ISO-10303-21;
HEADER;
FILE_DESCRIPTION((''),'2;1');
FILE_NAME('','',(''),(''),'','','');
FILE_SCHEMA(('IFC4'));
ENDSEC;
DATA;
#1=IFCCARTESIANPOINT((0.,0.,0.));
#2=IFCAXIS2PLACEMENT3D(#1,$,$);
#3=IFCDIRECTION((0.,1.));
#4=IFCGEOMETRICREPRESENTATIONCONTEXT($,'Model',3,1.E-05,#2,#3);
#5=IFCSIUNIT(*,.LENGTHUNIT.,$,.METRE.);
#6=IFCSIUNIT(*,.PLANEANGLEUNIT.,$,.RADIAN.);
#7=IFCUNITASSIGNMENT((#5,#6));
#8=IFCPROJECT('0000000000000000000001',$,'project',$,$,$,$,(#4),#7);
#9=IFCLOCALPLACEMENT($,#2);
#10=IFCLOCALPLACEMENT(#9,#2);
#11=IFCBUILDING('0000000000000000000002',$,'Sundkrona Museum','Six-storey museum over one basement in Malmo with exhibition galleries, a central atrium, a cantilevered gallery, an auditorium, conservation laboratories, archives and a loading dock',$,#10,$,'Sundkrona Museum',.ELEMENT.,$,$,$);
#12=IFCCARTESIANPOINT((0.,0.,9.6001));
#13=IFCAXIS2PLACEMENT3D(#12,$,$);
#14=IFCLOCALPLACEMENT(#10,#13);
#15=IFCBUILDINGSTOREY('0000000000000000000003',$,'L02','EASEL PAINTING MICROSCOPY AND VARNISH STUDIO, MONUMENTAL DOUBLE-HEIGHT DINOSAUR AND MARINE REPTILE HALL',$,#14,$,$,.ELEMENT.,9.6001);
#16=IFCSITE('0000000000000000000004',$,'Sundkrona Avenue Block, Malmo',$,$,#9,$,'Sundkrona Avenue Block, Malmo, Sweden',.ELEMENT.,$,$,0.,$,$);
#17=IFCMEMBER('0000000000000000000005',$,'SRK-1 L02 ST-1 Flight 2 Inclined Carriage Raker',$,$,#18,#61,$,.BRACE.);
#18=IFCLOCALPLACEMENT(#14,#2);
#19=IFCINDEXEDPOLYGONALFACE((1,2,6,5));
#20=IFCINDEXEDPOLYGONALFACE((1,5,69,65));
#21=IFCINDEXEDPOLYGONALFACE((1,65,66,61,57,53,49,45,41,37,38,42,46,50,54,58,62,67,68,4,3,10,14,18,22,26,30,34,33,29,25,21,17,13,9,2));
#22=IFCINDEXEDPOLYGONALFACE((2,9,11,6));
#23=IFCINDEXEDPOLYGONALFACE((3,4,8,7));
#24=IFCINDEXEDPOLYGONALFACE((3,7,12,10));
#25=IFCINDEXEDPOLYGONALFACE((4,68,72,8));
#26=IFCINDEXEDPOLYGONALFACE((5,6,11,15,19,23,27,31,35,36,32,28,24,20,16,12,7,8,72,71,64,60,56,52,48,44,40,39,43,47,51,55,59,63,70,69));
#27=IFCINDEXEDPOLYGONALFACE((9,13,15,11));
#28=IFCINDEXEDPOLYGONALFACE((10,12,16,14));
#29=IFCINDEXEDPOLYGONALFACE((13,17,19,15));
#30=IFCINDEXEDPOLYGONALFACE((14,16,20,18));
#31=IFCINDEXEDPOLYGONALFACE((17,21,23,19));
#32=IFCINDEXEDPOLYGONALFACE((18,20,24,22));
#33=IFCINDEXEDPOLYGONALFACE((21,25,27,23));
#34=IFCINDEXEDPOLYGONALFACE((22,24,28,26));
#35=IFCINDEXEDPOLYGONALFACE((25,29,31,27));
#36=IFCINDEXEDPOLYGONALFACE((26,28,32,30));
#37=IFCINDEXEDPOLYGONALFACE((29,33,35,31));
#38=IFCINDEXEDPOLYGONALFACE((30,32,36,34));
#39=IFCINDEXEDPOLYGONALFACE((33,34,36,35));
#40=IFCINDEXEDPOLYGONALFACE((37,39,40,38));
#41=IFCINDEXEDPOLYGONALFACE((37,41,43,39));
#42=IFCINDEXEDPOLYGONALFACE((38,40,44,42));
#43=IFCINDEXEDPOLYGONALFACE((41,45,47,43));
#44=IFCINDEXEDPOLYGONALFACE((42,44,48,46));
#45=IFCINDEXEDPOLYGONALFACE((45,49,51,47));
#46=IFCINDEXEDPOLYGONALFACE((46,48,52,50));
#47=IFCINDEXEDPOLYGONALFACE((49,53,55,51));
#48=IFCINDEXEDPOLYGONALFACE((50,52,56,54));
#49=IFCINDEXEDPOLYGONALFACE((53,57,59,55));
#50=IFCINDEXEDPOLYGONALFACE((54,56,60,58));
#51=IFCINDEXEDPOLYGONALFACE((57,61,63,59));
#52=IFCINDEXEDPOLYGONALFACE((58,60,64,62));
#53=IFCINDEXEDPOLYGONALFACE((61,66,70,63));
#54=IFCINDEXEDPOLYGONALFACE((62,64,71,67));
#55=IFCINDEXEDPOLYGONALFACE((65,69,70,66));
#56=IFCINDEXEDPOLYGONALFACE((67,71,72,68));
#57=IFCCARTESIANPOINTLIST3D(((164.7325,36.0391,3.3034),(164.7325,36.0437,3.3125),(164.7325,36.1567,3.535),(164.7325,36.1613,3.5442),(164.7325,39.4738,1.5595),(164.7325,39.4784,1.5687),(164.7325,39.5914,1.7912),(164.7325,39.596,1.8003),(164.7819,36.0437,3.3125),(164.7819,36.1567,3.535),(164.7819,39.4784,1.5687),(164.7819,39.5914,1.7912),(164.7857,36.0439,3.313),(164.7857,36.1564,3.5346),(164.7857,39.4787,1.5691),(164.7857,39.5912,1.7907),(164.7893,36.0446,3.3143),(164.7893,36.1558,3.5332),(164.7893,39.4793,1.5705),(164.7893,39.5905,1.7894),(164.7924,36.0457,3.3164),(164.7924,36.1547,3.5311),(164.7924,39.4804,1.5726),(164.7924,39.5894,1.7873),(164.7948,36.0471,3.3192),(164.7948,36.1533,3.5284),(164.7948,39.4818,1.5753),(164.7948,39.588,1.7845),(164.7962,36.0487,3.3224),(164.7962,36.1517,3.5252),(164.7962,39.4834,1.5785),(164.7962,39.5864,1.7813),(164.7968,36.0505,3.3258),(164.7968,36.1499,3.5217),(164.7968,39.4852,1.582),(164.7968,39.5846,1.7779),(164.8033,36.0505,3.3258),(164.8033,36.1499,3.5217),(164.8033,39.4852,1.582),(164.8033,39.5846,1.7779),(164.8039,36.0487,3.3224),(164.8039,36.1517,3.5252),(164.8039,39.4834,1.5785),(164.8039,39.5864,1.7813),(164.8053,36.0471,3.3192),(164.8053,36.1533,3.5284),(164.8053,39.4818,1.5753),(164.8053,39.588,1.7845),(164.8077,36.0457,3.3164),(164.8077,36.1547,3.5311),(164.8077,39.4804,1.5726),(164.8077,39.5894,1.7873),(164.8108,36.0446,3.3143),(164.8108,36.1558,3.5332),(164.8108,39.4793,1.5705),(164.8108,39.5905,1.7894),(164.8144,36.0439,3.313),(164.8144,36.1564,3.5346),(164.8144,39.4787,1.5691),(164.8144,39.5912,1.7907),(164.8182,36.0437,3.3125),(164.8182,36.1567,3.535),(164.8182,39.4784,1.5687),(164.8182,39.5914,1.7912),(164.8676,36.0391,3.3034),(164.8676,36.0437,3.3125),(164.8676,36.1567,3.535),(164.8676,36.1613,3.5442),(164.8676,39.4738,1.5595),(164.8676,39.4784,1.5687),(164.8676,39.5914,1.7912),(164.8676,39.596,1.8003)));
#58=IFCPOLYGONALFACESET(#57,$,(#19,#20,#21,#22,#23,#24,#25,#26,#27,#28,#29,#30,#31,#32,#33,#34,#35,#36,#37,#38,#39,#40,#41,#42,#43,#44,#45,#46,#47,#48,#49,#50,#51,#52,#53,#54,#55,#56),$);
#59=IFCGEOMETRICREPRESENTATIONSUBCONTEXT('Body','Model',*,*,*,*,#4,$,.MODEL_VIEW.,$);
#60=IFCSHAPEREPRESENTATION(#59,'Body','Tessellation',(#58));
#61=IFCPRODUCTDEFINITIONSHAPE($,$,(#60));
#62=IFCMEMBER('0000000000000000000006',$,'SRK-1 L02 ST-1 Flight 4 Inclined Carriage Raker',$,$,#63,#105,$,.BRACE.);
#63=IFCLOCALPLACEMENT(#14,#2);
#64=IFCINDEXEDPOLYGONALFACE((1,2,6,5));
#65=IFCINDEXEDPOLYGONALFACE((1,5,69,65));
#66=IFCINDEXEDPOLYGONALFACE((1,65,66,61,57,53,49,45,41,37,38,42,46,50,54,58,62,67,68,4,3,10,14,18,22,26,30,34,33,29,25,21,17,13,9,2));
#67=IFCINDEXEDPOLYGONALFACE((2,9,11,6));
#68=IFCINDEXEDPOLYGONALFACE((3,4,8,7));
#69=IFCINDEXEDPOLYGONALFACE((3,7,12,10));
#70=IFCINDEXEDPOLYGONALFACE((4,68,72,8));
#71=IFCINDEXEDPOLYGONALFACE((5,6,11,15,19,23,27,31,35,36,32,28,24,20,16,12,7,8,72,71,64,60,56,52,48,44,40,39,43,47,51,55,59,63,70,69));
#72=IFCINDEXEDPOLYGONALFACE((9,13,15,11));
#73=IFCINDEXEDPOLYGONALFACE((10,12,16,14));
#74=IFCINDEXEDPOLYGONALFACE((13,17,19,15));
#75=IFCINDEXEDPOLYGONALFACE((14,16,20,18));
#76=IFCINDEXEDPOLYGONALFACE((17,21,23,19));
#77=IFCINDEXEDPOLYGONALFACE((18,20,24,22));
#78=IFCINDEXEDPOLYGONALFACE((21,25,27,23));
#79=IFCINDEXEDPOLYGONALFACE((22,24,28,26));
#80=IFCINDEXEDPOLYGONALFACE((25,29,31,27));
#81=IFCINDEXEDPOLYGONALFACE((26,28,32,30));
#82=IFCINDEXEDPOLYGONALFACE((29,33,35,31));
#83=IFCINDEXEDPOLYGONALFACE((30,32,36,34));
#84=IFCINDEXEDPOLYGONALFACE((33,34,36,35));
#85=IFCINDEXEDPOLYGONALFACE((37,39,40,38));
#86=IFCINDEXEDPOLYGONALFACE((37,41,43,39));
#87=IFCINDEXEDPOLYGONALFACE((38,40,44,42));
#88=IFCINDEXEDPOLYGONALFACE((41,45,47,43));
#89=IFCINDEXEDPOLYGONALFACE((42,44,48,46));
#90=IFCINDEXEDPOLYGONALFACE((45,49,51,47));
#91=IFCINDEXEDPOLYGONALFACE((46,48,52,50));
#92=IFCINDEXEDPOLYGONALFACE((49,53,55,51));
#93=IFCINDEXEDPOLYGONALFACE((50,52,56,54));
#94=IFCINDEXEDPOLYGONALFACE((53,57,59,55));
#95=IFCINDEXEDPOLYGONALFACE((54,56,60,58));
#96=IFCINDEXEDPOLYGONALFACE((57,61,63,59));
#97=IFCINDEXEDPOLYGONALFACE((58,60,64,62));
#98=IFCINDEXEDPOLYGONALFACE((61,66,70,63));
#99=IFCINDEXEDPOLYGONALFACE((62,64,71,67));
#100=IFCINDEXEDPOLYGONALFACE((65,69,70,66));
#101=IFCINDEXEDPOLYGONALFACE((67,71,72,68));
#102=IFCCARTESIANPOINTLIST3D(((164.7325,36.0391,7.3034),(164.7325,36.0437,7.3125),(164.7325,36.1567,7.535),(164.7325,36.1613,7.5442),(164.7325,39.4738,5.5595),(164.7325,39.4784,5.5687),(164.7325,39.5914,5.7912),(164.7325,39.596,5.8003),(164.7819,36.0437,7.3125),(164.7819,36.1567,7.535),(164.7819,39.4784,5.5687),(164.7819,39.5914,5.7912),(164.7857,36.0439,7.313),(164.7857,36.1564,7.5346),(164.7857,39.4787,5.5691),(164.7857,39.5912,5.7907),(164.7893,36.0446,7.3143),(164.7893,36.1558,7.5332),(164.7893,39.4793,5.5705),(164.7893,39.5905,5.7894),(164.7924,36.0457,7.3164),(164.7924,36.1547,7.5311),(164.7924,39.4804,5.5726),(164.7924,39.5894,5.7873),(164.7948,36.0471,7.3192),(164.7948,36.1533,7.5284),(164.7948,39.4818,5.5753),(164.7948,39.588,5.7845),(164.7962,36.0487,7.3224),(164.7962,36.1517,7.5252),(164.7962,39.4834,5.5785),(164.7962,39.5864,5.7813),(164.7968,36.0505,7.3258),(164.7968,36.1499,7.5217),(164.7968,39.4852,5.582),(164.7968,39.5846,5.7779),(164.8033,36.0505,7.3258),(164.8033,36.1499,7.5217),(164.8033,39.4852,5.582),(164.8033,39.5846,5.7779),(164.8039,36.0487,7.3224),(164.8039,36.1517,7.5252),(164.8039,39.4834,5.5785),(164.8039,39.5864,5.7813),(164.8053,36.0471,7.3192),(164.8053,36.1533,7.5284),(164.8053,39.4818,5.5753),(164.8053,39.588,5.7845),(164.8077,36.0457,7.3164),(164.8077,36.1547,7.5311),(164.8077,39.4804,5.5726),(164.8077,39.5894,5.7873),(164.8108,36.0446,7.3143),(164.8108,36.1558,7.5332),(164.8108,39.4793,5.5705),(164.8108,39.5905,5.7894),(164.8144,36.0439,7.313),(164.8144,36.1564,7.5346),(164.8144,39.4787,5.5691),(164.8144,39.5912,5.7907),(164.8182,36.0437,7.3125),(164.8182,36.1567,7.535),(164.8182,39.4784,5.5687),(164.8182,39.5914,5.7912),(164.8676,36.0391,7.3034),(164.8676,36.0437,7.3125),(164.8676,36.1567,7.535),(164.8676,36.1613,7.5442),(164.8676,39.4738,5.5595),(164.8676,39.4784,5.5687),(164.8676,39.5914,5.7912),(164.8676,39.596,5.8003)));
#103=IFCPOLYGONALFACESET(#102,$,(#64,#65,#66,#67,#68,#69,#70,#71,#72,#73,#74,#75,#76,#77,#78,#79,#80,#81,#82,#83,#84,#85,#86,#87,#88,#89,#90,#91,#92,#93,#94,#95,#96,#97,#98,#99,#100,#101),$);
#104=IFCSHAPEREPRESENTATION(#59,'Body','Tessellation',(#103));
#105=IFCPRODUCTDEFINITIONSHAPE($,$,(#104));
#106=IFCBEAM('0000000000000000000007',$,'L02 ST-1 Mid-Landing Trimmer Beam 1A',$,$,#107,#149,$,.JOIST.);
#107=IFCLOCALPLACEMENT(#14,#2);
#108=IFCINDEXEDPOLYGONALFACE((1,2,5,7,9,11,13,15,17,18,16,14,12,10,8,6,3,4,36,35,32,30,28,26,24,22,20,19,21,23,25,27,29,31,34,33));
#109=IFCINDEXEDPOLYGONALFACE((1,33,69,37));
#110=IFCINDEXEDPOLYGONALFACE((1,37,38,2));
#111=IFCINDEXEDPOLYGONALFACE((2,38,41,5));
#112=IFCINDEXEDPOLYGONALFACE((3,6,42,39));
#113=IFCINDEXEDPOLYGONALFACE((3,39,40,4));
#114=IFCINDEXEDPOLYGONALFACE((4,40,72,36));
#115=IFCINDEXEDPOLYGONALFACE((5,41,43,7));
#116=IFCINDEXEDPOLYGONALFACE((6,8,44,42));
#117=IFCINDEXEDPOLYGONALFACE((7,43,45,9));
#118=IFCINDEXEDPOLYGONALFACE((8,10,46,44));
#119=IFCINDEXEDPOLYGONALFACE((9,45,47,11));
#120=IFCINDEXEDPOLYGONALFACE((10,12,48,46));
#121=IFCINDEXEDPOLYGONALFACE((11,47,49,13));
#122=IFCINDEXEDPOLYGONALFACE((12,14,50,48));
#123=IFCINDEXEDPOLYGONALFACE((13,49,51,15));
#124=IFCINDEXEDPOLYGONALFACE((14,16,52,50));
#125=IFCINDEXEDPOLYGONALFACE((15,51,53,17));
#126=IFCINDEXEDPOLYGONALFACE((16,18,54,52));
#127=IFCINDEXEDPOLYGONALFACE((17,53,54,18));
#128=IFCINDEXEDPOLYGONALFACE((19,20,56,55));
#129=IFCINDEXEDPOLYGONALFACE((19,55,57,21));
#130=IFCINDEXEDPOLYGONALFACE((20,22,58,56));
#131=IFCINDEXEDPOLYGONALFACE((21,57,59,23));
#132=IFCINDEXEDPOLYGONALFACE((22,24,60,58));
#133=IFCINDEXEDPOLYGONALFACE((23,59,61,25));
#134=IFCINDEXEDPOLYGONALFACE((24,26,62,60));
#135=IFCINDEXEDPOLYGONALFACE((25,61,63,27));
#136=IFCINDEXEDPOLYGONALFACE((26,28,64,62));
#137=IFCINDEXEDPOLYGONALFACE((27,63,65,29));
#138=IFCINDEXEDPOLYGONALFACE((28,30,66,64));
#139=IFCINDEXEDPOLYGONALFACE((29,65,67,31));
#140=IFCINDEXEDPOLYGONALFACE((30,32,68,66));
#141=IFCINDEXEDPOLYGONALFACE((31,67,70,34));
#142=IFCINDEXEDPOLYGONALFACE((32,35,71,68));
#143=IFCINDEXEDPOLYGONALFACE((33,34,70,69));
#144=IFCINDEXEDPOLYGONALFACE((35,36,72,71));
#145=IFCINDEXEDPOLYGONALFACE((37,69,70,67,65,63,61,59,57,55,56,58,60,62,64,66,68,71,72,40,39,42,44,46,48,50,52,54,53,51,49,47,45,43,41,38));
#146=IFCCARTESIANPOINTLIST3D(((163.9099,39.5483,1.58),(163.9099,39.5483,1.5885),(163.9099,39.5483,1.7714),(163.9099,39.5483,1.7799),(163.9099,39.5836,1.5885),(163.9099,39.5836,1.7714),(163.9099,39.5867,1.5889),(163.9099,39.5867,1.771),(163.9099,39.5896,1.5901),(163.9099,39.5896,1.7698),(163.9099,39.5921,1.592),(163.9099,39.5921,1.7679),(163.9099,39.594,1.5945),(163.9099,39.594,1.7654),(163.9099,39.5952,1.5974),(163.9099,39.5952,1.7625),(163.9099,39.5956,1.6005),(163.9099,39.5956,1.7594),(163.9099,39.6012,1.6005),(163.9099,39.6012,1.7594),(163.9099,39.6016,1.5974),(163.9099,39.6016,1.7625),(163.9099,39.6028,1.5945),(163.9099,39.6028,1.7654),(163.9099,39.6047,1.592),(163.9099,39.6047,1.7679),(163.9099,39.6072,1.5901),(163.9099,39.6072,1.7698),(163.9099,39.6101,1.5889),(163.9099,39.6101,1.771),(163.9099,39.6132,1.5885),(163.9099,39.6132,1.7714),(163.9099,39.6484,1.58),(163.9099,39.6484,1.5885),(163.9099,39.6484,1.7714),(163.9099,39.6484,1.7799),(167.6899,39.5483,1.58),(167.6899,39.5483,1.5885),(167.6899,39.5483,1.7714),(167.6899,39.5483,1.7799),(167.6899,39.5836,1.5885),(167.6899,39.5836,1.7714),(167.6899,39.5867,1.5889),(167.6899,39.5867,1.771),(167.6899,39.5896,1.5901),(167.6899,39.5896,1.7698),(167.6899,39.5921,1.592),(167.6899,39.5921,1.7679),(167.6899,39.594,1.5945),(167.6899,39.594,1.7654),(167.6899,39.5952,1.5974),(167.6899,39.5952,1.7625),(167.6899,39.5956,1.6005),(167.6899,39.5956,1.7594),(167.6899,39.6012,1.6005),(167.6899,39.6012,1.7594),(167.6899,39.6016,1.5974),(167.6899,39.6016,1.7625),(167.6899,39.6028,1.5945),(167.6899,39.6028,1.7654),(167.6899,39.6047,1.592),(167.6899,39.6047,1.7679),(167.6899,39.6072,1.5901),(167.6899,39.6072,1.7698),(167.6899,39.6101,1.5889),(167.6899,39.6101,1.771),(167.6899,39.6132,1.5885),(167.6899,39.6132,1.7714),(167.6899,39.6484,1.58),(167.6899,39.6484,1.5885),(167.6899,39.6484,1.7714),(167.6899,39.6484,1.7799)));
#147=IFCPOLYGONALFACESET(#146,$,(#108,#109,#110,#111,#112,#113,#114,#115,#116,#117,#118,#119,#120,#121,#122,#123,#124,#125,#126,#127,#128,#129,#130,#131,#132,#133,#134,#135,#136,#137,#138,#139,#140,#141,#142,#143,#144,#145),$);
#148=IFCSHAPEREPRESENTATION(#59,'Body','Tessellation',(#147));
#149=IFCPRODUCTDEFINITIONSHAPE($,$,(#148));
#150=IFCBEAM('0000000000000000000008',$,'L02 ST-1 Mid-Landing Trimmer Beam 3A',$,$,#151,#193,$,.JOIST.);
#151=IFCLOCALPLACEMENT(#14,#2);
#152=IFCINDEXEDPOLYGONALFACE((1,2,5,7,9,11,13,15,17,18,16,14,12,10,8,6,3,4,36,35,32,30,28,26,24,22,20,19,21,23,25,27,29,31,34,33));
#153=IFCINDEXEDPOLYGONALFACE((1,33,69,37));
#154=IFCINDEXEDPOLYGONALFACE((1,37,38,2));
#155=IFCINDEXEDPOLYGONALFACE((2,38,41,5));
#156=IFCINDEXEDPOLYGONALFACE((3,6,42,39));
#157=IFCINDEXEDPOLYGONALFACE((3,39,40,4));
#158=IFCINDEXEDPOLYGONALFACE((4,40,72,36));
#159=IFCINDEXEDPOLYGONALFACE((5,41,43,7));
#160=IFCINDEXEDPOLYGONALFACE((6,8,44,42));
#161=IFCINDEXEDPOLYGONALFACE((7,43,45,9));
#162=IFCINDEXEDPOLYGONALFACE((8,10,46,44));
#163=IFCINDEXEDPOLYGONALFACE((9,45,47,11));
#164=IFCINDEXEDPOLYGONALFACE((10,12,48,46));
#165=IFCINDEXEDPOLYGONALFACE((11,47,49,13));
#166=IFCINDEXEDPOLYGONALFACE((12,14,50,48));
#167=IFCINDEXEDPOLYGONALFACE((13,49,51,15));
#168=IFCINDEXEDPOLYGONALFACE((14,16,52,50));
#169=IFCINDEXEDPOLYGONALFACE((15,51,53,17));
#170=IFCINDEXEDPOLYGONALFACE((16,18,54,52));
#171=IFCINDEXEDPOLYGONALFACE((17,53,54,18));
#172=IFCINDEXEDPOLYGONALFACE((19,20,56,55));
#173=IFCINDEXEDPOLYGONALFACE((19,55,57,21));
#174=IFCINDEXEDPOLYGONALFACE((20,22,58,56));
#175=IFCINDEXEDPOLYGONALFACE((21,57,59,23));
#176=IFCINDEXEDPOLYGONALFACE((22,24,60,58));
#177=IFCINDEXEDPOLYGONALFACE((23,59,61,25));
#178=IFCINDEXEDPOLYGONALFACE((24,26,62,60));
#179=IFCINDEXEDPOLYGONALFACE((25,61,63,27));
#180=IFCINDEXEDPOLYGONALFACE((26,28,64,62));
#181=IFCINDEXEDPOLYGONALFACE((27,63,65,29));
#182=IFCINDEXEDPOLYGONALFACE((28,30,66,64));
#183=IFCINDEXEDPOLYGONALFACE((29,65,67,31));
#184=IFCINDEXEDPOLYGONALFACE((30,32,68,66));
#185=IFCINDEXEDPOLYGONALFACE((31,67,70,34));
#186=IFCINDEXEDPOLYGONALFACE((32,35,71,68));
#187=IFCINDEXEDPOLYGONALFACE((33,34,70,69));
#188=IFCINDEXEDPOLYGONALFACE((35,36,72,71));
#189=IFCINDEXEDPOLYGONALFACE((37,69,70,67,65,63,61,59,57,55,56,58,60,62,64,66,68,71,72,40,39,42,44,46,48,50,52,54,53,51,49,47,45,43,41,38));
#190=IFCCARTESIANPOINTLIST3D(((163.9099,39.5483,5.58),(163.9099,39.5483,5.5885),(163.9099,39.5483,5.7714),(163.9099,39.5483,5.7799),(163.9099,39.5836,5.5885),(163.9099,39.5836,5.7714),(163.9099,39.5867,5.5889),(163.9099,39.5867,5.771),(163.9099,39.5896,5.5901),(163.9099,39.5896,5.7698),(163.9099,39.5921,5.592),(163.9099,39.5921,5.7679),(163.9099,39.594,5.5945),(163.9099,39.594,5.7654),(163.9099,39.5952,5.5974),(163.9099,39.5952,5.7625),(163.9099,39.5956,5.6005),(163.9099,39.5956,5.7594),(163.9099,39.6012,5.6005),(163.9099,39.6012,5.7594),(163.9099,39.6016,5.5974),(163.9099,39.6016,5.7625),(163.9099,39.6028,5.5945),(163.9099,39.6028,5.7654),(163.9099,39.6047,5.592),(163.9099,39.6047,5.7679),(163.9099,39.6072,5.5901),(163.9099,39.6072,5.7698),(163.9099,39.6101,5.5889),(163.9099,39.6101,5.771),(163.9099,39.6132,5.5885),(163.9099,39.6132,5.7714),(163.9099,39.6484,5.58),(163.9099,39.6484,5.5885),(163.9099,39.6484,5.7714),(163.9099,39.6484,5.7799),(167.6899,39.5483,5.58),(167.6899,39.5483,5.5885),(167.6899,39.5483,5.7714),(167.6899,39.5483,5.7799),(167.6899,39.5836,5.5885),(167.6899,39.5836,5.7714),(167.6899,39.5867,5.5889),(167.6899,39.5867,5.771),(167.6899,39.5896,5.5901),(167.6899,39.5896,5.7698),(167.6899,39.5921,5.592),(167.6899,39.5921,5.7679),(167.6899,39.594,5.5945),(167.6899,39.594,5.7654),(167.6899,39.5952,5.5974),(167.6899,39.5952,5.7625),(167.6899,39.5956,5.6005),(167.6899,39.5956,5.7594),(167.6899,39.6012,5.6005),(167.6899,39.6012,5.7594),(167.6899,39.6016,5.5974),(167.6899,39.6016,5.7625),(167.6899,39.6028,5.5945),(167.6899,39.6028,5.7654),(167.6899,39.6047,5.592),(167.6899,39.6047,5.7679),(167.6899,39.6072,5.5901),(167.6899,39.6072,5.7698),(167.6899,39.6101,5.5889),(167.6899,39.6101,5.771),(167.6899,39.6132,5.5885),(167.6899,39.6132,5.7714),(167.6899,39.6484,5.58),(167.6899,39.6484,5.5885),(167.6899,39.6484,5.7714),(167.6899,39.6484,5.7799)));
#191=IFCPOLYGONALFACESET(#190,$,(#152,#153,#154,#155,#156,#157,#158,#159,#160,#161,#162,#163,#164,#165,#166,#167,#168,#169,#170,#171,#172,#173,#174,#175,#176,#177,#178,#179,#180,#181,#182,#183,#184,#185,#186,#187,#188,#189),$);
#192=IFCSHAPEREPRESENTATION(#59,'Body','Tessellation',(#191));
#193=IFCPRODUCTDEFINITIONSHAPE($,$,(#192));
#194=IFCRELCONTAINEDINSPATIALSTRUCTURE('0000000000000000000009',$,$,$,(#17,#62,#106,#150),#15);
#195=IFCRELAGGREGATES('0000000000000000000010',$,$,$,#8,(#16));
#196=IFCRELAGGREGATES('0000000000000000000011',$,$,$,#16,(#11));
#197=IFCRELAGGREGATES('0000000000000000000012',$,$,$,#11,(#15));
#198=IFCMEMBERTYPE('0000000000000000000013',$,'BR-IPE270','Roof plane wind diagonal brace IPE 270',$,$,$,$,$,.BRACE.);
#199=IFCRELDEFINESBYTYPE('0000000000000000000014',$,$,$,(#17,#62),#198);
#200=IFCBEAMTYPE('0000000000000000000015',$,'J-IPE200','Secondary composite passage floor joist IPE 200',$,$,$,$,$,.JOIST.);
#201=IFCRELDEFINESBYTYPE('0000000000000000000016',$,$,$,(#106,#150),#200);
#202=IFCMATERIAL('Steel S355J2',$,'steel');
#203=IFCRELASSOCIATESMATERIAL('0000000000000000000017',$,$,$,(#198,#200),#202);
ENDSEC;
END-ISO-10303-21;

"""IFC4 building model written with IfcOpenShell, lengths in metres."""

from ifc_helpers import new_model, si_unit, direction, frame, origin, origin_2d, place, context, subcontext, project, spatial, i_section, extrude, material, material_profile, profile_set, type_object, element, save


model = new_model("IFC4")

# Units and contexts
model_context = context("Model", 3, precision=1e-05, world=origin(), true_north=direction((0.0, 1.0)))
body_context = subcontext(model_context, "Body", "Model", "MODEL_VIEW")
ifc_project = project(units=[si_unit("LENGTHUNIT", "METRE"), si_unit("PLANEANGLEUNIT", "RADIAN")], contexts=[model_context])

# Site, building, storey
site_placement = place(None, origin())
site = spatial("IfcSite", under=ifc_project, at=site_placement, Name="Sundkrona Avenue Block, Malmo", LongName="Sundkrona Avenue Block, Malmo, Sweden", CompositionType="ELEMENT", RefElevation=0.0)
building_placement = place(site_placement, origin())
building = spatial("IfcBuilding", under=site, at=building_placement, Name="Sundkrona Museum", Description="Six-storey museum over one basement in Malmo with exhibition galleries, a central atrium, a cantilevered gallery, an auditorium, conservation laboratories, archives and a loading dock", LongName="Sundkrona Museum", CompositionType="ELEMENT")
storey_placement = place(building_placement, frame((0.0, 0.0, 9.6001)))
storey = spatial("IfcBuildingStorey", under=building, at=storey_placement, Name="L02", Description="EASEL PAINTING MICROSCOPY AND VARNISH STUDIO, MONUMENTAL DOUBLE-HEIGHT DINOSAUR AND MARINE REPTILE HALL", CompositionType="ELEMENT", Elevation=9.6001)

# Members
ifc_material_1 = material(Name="Steel S355J2", Category="steel")
ifc_material_profile_1 = material_profile(ifc_material_1, i_section(OverallWidth=0.135, OverallDepth=0.27, WebThickness=0.0066, FlangeThickness=0.0103, FilletRadius=0.0149, at=origin_2d()), Name="IPE 270")
ifc_profile_set_1 = profile_set([ifc_material_profile_1], Name="Steel S355J2")
member_type = type_object("IfcMemberType", Name="BR-IPE270", Description="Roof plane wind diagonal brace IPE 270", PredefinedType="BRACE", material=ifc_profile_set_1)
for number, where, z_axis, x_axis, name in (
    (1, (164.8, 39.5349, 1.6799), (0.0, -0.89166, 0.452706), (1.0, 0.0, 0.0), "SRK-1 L02 ST-1 Flight 2 Inclined Carriage Raker"),
    (2, (164.8, 39.5349, 5.6799), (0.0, -0.89166, 0.452706), (1.0, 0.0, 0.0), "SRK-1 L02 ST-1 Flight 4 Inclined Carriage Raker"),
):
    element("IfcMember", number, at=place(storey_placement, frame(where, z_axis=z_axis, x_axis=x_axis)), inside=storey, type_object=member_type, Name=name, PredefinedType="BRACE", context=body_context, shape_type="SweptSolid", body=[
        extrude(i_section(OverallWidth=0.135, OverallDepth=0.27, WebThickness=0.0066, FlangeThickness=0.0103, FilletRadius=0.0149, at=origin_2d()), origin(), (0.0, 0.0, 1.0), 3.8521),
    ])

# Beams
ifc_material_profile_2 = material_profile(ifc_material_1, i_section(OverallWidth=0.1001, OverallDepth=0.2, WebThickness=0.0056, FlangeThickness=0.0085, FilletRadius=0.012, at=origin_2d()), Name="IPE 200")
ifc_profile_set_2 = profile_set([ifc_material_profile_2], Name="Steel S355J2")
beam_type = type_object("IfcBeamType", Name="J-IPE200", Description="Secondary composite passage floor joist IPE 200", PredefinedType="JOIST", material=ifc_profile_set_2)
for number, where, z_axis, x_axis, name in (
    (3, (163.9099, 39.5984, 1.6799), (1.0, 0.0, 0.0), (0.0, 1.0, 0.0), "L02 ST-1 Mid-Landing Trimmer Beam 1A"),
    (4, (163.9099, 39.5984, 5.6799), (1.0, 0.0, 0.0), (0.0, 1.0, 0.0), "L02 ST-1 Mid-Landing Trimmer Beam 3A"),
):
    element("IfcBeam", number, at=place(storey_placement, frame(where, z_axis=z_axis, x_axis=x_axis)), inside=storey, type_object=beam_type, Name=name, PredefinedType="JOIST", context=body_context, shape_type="SweptSolid", body=[
        extrude(i_section(OverallWidth=0.1001, OverallDepth=0.2, WebThickness=0.0056, FlangeThickness=0.0085, FilletRadius=0.012, at=origin_2d()), origin(), (0.0, 0.0, 1.0), 3.78),
    ])

save(model, "model.ifc")
